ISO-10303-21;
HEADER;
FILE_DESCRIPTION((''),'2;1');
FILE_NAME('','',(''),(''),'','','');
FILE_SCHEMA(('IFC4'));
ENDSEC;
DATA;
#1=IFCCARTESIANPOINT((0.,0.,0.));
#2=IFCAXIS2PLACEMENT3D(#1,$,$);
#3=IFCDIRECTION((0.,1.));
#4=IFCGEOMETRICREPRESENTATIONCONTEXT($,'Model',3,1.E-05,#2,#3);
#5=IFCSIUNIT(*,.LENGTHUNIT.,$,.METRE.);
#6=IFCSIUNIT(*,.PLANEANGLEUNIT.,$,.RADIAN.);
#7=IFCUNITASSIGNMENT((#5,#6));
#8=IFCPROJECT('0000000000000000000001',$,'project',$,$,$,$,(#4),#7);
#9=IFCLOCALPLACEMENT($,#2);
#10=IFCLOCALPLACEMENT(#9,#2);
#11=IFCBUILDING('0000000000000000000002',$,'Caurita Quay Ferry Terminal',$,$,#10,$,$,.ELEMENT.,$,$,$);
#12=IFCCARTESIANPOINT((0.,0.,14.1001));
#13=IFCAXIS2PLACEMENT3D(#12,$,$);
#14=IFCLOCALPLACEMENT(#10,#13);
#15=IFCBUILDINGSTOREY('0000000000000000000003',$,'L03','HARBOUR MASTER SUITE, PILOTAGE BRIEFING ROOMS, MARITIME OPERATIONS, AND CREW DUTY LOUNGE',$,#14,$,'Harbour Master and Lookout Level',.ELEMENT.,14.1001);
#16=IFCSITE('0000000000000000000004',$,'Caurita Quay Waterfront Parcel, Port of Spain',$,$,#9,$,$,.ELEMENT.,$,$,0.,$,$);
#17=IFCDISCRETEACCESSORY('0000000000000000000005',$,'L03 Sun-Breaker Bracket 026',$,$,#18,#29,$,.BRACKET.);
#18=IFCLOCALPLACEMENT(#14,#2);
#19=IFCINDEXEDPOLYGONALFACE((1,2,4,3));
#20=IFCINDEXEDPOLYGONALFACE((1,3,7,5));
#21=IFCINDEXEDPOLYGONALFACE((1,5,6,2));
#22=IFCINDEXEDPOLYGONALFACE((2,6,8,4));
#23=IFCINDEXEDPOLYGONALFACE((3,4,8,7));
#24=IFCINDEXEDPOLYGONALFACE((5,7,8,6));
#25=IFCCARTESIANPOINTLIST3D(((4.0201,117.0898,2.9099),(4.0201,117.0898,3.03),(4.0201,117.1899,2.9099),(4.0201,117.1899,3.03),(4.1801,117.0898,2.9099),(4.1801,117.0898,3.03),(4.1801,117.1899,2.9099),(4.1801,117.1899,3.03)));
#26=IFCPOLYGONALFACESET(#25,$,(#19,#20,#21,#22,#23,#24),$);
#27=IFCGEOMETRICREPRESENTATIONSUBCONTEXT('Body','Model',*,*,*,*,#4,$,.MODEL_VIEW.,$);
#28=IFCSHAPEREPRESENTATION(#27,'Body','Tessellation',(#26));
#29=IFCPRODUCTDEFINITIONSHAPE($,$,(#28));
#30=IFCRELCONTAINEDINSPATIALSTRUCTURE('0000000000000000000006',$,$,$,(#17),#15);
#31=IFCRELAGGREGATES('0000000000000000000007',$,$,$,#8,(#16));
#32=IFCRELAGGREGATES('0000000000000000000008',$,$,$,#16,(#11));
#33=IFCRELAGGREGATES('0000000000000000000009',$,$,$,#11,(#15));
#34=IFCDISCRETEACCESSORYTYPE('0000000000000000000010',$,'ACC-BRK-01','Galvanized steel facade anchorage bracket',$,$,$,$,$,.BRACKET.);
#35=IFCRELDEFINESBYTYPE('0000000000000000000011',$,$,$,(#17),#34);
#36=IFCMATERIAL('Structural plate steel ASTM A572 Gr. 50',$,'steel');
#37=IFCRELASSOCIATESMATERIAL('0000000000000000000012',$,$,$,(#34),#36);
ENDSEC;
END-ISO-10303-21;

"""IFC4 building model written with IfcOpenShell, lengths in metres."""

from ifc_helpers import new_model, si_unit, direction, frame, origin, origin_2d, place, context, subcontext, project, spatial, rectangle, extrude, material, type_object, element, save


model = new_model("IFC4")

# Units and contexts
model_context = context("Model", 3, precision=1e-05, world=origin(), true_north=direction((0.0, 1.0)))
body_context = subcontext(model_context, "Body", "Model", "MODEL_VIEW")
ifc_project = project(units=[si_unit("LENGTHUNIT", "METRE"), si_unit("PLANEANGLEUNIT", "RADIAN")], contexts=[model_context])

# Site, building, storey
site_placement = place(None, origin())
site = spatial("IfcSite", under=ifc_project, at=site_placement, Name="Caurita Quay Waterfront Parcel, Port of Spain", CompositionType="ELEMENT", RefElevation=0.0)
building_placement = place(site_placement, origin())
building = spatial("IfcBuilding", under=site, at=building_placement, Name="Caurita Quay Ferry Terminal", CompositionType="ELEMENT")
storey_placement = place(building_placement, frame((0.0, 0.0, 14.1001)))
storey = spatial("IfcBuildingStorey", under=building, at=storey_placement, Name="L03", Description="HARBOUR MASTER SUITE, PILOTAGE BRIEFING ROOMS, MARITIME OPERATIONS, AND CREW DUTY LOUNGE", LongName="Harbour Master and Lookout Level", CompositionType="ELEMENT", Elevation=14.1001)

# Discrete accessory
ifc_material_1 = material(Name="Structural plate steel ASTM A572 Gr. 50", Category="steel")
discrete_accessory_type = type_object("IfcDiscreteAccessoryType", Name="ACC-BRK-01", Description="Galvanized steel facade anchorage bracket", PredefinedType="BRACKET", material=ifc_material_1)
for number, where, z_axis, x_axis, name in (
    (1, (4.1001, 117.1399, 2.9099), (0.0, 0.0, 1.0), (-1.0, 0.0, 0.0), "L03 Sun-Breaker Bracket 026"),
):
    element("IfcDiscreteAccessory", number, at=place(storey_placement, frame(where, z_axis=z_axis, x_axis=x_axis)), inside=storey, type_object=discrete_accessory_type, Name=name, PredefinedType="BRACKET", context=body_context, shape_type="SweptSolid", body=[
        extrude(rectangle(XDim=0.1599, YDim=0.1001, at=origin_2d()), origin(), (0.0, 0.0, 1.0), 0.1201),
    ])

save(model, "model.ifc")
